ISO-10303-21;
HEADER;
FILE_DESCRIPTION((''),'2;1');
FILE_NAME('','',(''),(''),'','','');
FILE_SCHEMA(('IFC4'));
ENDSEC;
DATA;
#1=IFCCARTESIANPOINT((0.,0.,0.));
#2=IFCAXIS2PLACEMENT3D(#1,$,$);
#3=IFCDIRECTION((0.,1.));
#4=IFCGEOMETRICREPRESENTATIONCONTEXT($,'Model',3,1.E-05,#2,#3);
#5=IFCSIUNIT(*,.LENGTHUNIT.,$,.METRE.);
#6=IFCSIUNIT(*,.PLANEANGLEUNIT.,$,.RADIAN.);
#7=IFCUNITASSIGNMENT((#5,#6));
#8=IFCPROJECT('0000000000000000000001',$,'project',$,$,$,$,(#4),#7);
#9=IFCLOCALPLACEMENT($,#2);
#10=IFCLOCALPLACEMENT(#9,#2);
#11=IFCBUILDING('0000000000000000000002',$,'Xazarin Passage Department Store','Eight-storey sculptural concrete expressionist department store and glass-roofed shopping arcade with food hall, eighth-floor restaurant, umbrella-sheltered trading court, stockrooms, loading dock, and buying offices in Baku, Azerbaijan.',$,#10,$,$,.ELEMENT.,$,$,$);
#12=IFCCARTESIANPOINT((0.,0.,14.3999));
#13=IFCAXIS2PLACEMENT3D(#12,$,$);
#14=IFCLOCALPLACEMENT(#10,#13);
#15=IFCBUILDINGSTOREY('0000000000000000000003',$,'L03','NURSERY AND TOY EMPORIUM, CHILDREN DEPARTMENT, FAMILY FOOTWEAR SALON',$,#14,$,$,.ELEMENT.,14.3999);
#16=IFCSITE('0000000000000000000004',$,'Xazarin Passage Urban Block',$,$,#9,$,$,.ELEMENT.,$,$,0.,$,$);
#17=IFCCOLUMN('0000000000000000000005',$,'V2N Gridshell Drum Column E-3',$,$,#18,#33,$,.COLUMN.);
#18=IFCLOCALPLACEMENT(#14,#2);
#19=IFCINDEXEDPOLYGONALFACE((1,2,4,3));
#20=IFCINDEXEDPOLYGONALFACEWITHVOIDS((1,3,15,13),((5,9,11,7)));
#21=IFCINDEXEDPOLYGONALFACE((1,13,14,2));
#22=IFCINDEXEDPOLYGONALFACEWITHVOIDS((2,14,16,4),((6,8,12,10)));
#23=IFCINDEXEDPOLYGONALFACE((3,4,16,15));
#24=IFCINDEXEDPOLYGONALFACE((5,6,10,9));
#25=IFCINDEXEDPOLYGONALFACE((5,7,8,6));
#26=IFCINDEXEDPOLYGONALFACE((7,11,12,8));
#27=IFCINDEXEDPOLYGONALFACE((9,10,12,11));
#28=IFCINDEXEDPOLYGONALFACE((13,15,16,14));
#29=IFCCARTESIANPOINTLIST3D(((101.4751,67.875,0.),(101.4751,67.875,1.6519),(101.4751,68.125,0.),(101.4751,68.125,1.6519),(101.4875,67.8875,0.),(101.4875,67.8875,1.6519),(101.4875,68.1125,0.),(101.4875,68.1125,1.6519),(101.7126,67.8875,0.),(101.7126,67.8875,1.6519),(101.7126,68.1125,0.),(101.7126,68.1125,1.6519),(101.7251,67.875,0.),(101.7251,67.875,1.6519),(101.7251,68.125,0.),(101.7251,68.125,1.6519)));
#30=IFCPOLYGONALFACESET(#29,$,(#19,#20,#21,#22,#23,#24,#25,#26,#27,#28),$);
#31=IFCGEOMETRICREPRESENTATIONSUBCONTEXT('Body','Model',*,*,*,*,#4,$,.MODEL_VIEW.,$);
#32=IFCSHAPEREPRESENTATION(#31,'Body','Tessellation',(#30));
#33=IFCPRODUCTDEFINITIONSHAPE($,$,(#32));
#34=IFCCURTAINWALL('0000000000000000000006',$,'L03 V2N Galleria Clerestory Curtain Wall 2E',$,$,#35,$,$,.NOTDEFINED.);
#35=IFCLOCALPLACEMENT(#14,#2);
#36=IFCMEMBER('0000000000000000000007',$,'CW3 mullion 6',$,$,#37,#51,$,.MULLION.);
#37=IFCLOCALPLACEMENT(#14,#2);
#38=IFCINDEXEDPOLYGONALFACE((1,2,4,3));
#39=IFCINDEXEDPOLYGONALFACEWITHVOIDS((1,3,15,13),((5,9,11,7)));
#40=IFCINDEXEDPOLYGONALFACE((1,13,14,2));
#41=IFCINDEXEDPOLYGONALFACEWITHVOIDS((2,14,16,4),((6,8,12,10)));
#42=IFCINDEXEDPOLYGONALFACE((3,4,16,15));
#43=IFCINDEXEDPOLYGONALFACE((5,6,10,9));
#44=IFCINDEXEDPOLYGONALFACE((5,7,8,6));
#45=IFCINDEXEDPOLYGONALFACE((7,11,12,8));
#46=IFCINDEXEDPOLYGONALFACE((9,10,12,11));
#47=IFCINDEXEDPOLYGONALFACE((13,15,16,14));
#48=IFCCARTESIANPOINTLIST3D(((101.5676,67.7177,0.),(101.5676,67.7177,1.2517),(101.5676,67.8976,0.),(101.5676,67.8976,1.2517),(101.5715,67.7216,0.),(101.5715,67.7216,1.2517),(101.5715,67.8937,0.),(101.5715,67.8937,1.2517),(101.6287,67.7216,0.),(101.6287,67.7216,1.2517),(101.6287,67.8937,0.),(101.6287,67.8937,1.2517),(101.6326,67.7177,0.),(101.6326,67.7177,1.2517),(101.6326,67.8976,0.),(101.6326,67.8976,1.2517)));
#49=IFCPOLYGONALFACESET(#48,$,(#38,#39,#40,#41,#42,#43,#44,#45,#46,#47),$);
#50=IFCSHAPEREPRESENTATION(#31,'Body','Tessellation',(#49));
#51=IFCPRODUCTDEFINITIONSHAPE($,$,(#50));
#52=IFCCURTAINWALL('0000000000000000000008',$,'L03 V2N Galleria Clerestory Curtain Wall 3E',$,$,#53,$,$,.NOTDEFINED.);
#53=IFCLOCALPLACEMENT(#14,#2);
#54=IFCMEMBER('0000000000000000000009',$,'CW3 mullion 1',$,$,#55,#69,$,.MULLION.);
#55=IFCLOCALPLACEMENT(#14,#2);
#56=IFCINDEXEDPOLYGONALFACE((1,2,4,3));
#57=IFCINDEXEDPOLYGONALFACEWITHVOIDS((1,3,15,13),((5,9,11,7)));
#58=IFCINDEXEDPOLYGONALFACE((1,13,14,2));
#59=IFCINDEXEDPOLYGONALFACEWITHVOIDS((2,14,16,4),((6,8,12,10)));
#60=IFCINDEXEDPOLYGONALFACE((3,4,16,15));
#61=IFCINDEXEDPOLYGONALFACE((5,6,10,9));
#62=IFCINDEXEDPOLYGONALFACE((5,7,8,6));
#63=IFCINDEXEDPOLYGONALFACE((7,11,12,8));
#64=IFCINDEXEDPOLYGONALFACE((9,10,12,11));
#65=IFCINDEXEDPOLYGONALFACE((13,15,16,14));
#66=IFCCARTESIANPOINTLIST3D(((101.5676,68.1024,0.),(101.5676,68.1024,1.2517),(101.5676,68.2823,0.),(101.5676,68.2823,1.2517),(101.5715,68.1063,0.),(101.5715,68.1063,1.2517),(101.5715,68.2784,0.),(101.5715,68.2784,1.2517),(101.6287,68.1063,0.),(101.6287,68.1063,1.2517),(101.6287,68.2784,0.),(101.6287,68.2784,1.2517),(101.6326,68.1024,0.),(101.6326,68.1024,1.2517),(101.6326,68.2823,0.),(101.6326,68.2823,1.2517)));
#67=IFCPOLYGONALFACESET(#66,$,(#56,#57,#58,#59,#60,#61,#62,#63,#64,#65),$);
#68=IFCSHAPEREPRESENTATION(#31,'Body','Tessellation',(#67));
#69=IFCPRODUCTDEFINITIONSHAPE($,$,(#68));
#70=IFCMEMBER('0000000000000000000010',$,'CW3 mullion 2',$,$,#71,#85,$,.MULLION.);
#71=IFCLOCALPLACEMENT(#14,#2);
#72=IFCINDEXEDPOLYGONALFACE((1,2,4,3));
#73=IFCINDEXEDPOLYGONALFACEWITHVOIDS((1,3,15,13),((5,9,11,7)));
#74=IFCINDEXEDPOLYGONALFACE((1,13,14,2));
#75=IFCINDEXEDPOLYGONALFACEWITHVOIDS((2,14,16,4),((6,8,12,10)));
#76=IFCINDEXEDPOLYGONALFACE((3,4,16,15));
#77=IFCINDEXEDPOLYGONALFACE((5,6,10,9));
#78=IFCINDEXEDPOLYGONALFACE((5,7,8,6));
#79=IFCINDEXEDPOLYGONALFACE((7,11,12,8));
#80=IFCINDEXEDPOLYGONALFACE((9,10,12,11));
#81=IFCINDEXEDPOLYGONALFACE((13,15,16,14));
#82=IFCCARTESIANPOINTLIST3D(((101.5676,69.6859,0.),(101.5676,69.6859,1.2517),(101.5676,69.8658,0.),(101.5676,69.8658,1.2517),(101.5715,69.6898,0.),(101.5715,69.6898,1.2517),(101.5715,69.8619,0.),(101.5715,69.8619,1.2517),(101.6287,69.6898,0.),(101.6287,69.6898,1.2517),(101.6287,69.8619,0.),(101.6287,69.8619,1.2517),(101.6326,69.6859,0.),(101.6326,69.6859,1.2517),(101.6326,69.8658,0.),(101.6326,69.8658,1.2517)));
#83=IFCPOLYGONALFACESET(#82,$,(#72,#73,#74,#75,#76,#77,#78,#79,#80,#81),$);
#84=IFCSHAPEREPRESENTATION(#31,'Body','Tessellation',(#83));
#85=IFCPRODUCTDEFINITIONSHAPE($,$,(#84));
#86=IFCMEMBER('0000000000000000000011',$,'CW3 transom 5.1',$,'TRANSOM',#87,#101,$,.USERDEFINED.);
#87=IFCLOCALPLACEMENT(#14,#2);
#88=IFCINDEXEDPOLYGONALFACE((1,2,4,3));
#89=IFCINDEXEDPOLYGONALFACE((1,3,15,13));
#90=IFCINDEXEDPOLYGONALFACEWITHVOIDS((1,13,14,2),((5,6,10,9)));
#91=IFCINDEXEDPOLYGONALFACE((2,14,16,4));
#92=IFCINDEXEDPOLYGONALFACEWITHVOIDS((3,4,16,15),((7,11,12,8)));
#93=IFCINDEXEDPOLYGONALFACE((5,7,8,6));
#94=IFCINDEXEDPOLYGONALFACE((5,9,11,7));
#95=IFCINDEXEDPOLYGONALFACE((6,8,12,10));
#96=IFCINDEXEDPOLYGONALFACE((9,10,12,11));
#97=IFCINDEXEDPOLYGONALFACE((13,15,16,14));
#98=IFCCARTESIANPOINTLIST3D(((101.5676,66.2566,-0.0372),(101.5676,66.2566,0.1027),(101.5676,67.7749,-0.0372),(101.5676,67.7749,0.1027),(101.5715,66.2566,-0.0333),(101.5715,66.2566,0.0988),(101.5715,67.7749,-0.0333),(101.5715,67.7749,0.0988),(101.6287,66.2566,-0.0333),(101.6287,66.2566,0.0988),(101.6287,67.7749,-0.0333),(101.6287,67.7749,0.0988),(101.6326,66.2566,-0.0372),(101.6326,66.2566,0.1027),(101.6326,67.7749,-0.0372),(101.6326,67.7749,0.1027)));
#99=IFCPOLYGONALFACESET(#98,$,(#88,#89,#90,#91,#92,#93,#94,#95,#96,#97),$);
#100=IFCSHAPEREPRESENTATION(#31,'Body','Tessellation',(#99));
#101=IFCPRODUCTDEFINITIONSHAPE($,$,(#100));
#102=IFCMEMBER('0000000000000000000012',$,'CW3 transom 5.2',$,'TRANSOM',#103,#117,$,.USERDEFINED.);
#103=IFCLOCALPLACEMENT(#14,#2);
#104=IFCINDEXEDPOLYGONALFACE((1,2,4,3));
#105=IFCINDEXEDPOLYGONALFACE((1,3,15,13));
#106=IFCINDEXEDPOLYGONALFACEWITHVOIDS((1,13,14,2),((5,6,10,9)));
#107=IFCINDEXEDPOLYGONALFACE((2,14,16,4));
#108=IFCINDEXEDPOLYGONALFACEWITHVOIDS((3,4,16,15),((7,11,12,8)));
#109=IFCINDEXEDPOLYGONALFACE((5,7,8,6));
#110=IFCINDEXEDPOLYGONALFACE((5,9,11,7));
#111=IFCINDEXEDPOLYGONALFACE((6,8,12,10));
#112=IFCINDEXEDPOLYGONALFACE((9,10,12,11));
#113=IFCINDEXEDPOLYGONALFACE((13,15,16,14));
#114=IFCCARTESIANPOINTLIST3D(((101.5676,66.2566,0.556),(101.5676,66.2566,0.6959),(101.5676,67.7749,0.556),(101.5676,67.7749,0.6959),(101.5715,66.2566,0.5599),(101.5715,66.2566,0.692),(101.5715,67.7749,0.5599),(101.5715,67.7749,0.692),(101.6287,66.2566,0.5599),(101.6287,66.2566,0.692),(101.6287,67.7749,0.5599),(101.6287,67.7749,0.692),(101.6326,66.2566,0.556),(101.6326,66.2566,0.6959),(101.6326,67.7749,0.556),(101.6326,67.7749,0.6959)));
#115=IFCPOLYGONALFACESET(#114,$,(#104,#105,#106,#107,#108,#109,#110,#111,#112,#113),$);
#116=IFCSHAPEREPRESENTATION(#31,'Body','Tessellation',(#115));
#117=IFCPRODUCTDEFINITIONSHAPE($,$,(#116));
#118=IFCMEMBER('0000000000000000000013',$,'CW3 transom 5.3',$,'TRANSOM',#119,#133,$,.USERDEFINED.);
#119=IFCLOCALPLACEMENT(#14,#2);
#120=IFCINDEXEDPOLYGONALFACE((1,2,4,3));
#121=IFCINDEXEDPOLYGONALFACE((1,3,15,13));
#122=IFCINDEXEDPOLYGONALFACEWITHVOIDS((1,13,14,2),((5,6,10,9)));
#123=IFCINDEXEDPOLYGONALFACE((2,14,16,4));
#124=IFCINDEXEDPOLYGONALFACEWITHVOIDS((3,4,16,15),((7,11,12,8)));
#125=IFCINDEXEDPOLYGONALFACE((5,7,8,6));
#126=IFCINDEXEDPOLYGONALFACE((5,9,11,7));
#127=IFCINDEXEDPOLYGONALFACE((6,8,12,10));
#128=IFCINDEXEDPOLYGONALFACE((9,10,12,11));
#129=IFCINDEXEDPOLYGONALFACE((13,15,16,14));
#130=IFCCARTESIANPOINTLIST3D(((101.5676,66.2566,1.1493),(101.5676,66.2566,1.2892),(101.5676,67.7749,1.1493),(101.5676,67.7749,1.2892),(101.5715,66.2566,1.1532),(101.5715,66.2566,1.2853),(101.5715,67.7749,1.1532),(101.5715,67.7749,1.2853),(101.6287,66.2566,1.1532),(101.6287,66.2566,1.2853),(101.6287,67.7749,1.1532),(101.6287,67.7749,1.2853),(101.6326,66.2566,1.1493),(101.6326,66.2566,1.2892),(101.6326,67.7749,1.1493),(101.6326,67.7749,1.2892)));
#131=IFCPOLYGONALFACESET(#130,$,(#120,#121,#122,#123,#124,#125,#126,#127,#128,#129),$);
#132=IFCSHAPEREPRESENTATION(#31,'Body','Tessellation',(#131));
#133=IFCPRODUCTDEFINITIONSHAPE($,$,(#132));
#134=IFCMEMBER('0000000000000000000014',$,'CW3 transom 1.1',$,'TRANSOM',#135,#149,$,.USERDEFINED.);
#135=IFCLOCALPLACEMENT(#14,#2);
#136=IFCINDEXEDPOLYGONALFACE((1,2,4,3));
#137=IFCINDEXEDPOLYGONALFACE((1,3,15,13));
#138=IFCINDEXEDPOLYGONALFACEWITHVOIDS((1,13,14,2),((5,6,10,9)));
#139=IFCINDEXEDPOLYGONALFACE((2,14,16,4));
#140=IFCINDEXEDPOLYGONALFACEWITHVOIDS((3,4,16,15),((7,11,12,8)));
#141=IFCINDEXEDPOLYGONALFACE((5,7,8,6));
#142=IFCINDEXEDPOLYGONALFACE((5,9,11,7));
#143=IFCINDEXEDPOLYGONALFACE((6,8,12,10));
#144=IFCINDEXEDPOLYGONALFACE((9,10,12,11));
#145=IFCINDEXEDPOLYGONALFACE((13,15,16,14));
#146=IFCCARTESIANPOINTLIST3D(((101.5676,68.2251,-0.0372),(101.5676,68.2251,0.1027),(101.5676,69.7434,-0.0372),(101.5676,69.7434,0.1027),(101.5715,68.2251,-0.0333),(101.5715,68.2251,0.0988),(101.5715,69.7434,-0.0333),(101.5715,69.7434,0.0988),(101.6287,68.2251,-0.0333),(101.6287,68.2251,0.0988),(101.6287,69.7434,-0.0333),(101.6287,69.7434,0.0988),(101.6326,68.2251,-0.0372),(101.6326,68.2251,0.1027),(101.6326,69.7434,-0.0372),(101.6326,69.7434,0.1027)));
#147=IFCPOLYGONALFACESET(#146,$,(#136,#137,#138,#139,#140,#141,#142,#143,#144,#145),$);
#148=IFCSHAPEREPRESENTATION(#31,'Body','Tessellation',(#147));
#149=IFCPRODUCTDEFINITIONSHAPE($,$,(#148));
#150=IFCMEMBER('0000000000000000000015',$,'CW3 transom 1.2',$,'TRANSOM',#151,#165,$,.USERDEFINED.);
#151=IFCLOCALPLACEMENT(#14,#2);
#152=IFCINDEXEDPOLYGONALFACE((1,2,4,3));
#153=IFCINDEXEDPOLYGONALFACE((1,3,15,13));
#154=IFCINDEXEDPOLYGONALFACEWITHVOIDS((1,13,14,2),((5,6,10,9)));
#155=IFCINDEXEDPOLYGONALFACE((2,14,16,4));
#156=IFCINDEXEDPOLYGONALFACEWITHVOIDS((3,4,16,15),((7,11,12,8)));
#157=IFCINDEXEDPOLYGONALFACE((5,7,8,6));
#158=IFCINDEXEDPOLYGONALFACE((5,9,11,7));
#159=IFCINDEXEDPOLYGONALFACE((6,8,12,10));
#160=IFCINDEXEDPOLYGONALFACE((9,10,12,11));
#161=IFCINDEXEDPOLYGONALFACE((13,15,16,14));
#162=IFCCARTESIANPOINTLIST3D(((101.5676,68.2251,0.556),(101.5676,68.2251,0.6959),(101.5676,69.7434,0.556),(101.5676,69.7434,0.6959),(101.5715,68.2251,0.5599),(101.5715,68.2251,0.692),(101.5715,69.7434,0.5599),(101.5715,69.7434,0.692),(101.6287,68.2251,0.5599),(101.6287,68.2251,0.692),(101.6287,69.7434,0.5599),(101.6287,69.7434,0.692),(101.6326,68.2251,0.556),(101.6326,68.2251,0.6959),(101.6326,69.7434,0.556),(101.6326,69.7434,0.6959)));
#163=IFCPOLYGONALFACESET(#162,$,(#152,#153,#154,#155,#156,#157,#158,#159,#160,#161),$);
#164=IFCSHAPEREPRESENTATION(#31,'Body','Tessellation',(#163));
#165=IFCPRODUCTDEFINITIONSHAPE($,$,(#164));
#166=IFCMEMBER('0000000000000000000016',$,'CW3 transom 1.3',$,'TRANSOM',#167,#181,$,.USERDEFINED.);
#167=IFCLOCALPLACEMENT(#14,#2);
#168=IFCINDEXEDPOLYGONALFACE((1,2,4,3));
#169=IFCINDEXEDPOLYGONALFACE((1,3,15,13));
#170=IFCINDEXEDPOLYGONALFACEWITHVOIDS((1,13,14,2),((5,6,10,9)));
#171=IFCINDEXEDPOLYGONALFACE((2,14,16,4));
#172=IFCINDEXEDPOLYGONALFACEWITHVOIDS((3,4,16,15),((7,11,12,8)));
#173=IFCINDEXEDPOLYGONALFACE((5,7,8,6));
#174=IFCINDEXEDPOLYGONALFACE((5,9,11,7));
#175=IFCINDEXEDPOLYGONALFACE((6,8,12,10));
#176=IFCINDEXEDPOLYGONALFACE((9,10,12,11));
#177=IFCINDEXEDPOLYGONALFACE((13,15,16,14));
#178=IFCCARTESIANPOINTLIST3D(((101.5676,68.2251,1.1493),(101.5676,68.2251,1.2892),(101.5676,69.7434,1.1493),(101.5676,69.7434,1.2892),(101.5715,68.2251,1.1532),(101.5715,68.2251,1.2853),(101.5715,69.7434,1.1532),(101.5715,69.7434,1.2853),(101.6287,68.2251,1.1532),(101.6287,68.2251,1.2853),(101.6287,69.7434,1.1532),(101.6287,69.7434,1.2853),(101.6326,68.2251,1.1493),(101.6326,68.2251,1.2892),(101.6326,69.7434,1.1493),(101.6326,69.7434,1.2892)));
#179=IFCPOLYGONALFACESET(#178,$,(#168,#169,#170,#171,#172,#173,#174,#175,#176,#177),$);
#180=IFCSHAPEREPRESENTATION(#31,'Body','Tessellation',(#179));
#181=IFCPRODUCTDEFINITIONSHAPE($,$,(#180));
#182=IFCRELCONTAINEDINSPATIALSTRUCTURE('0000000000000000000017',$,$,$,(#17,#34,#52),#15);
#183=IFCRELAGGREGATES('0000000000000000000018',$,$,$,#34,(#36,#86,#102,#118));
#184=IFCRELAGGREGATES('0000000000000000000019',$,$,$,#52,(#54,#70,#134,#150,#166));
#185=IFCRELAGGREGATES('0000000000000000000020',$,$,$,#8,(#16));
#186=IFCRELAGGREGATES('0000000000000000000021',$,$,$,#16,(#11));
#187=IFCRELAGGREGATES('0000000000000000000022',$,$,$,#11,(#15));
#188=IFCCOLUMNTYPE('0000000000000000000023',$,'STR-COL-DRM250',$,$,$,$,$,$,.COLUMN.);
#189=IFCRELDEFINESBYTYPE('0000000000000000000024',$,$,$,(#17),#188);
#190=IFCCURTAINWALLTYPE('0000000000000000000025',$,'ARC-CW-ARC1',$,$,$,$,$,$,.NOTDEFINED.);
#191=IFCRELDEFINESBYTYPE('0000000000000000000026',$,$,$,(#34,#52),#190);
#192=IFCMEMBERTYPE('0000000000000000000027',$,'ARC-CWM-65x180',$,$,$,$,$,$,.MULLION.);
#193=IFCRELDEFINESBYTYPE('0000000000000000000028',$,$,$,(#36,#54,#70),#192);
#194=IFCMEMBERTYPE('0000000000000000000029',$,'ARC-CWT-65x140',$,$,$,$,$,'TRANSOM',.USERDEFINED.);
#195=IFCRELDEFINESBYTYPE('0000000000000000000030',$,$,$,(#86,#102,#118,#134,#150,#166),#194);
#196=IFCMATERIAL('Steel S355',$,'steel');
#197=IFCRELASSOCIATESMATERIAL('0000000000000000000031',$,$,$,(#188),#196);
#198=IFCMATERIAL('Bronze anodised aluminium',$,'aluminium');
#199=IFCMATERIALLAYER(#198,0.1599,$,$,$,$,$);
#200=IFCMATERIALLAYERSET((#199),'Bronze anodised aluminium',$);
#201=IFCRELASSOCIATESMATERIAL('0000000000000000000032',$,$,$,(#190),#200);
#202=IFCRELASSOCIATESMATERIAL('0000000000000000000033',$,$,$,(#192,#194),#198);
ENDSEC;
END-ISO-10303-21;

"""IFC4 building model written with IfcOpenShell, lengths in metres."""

from ifc_helpers import new_model, si_unit, direction, frame, origin, origin_2d, place, context, subcontext, project, spatial, hollow_rectangle, extrude, material, layer, layer_set, material_profile, profile_set, type_object, element, aggregate, save


model = new_model("IFC4")

# Units and contexts
model_context = context("Model", 3, precision=1e-05, world=origin(), true_north=direction((0.0, 1.0)))
body_context = subcontext(model_context, "Body", "Model", "MODEL_VIEW")
ifc_project = project(units=[si_unit("LENGTHUNIT", "METRE"), si_unit("PLANEANGLEUNIT", "RADIAN")], contexts=[model_context])

# Site, building, storey
site_placement = place(None, origin())
site = spatial("IfcSite", under=ifc_project, at=site_placement, Name="Xazarin Passage Urban Block", CompositionType="ELEMENT", RefElevation=0.0)
building_placement = place(site_placement, origin())
building = spatial("IfcBuilding", under=site, at=building_placement, Name="Xazarin Passage Department Store", Description="Eight-storey sculptural concrete expressionist department store and glass-roofed shopping arcade with food hall, eighth-floor restaurant, umbrella-sheltered trading court, stockrooms, loading dock, and buying offices in Baku, Azerbaijan.", CompositionType="ELEMENT")
storey_placement = place(building_placement, frame((0.0, 0.0, 14.3999)))
storey = spatial("IfcBuildingStorey", under=building, at=storey_placement, Name="L03", Description="NURSERY AND TOY EMPORIUM, CHILDREN DEPARTMENT, FAMILY FOOTWEAR SALON", CompositionType="ELEMENT", Elevation=14.3999)

# Column
ifc_material_1 = material(Name="Steel S355", Category="steel")
ifc_material_profile_1 = material_profile(ifc_material_1, hollow_rectangle(XDim=0.25, YDim=0.25, WallThickness=0.0125, at=origin_2d()), Name="SHS 250x250x12.5")
ifc_profile_set_1 = profile_set([ifc_material_profile_1], Name="Steel S355")
column_type = type_object("IfcColumnType", Name="STR-COL-DRM250", PredefinedType="COLUMN", material=ifc_profile_set_1)
column_placement = place(storey_placement, frame((101.6001, 68.0, 0.0), z_axis=(0.0, 0.0, 1.0), x_axis=(1.0, 0.0, 0.0)))
element("IfcColumn", 1, at=column_placement, inside=storey, type_object=column_type, Name="V2N Gridshell Drum Column E-3", PredefinedType="COLUMN", context=body_context, shape_type="SweptSolid", body=[
    extrude(hollow_rectangle(XDim=0.25, YDim=0.25, WallThickness=0.0125, at=origin_2d()), origin(), (0.0, 0.0, 1.0), 1.6519),
])

# Curtain wall, member
ifc_material_2 = material(Name="Bronze anodised aluminium", Category="aluminium")
ifc_layer_1 = layer(ifc_material_2, 0.1599)
ifc_layer_set_1 = layer_set([ifc_layer_1], Name="Bronze anodised aluminium")
curtain_wall_type = type_object("IfcCurtainWallType", Name="ARC-CW-ARC1", PredefinedType="NOTDEFINED", material=ifc_layer_set_1)
curtain_wall_1_placement = place(storey_placement, origin())
curtain_wall_1 = element("IfcCurtainWall", 2, at=curtain_wall_1_placement, inside=storey, type_object=curtain_wall_type, Name="L03 V2N Galleria Clerestory Curtain Wall 2E", PredefinedType="NOTDEFINED")
ifc_material_profile_2 = material_profile(ifc_material_2, hollow_rectangle(XDim=0.0649, YDim=0.1799, WallThickness=0.0039, at=origin_2d()), Name="ALU 65x180")
ifc_profile_set_2 = profile_set([ifc_material_profile_2], Name="Bronze anodised aluminium")
member_type_1 = type_object("IfcMemberType", Name="ARC-CWM-65x180", PredefinedType="MULLION", material=ifc_profile_set_2)
member_1_placement = place(storey_placement, frame((101.6001, 67.8076, 0.0), z_axis=(0.0, 0.0, 1.0), x_axis=(-1.0, 0.0, 0.0)))
member_1 = element("IfcMember", 3, at=member_1_placement, type_object=member_type_1, Name="CW3 mullion 6", PredefinedType="MULLION", context=body_context, shape_type="SweptSolid", body=[
    extrude(hollow_rectangle(XDim=0.0649, YDim=0.1799, WallThickness=0.0039, at=origin_2d()), origin(), (0.0, 0.0, 1.0), 1.2517),
])

# Curtain wall, members
curtain_wall_2_placement = place(storey_placement, origin())
curtain_wall_2 = element("IfcCurtainWall", 4, at=curtain_wall_2_placement, inside=storey, type_object=curtain_wall_type, Name="L03 V2N Galleria Clerestory Curtain Wall 3E", PredefinedType="NOTDEFINED")
member_2_placement = place(storey_placement, frame((101.6001, 68.1924, 0.0), z_axis=(0.0, 0.0, 1.0), x_axis=(-1.0, 0.0, 0.0)))
member_2 = element("IfcMember", 5, at=member_2_placement, type_object=member_type_1, Name="CW3 mullion 1", PredefinedType="MULLION", context=body_context, shape_type="SweptSolid", body=[
    extrude(hollow_rectangle(XDim=0.0649, YDim=0.1799, WallThickness=0.0039, at=origin_2d()), origin(), (0.0, 0.0, 1.0), 1.2517),
])
member_3_placement = place(storey_placement, frame((101.6001, 69.7759, 0.0), z_axis=(0.0, 0.0, 1.0), x_axis=(-1.0, 0.0, 0.0)))
member_3 = element("IfcMember", 6, at=member_3_placement, type_object=member_type_1, Name="CW3 mullion 2", PredefinedType="MULLION", context=body_context, shape_type="SweptSolid", body=[
    extrude(hollow_rectangle(XDim=0.0649, YDim=0.1799, WallThickness=0.0039, at=origin_2d()), origin(), (0.0, 0.0, 1.0), 1.2517),
])

# Members
ifc_material_profile_3 = material_profile(ifc_material_2, hollow_rectangle(XDim=0.0649, YDim=0.1399, WallThickness=0.0039, at=origin_2d()), Name="ALU 65x140")
ifc_profile_set_3 = profile_set([ifc_material_profile_3], Name="Bronze anodised aluminium")
member_type_2 = type_object("IfcMemberType", Name="ARC-CWT-65x140", ElementType="TRANSOM", PredefinedType="USERDEFINED", material=ifc_profile_set_3)
member_4_placement = place(storey_placement, frame((101.6001, 66.2566, 0.0327), z_axis=(0.0, 1.0, 0.0), x_axis=(-1.0, 0.0, 0.0)))
member_4 = element("IfcMember", 7, at=member_4_placement, type_object=member_type_2, Name="CW3 transom 5.1", ObjectType="TRANSOM", PredefinedType="USERDEFINED", context=body_context, shape_type="SweptSolid", body=[
    extrude(hollow_rectangle(XDim=0.0649, YDim=0.1399, WallThickness=0.0039, at=origin_2d()), origin(), (0.0, 0.0, 1.0), 1.5183),
])
member_5_placement = place(storey_placement, frame((101.6001, 66.2566, 0.626), z_axis=(0.0, 1.0, 0.0), x_axis=(-1.0, 0.0, 0.0)))
member_5 = element("IfcMember", 8, at=member_5_placement, type_object=member_type_2, Name="CW3 transom 5.2", ObjectType="TRANSOM", PredefinedType="USERDEFINED", context=body_context, shape_type="SweptSolid", body=[
    extrude(hollow_rectangle(XDim=0.0649, YDim=0.1399, WallThickness=0.0039, at=origin_2d()), origin(), (0.0, 0.0, 1.0), 1.5183),
])
member_6_placement = place(storey_placement, frame((101.6001, 66.2566, 1.2192), z_axis=(0.0, 1.0, 0.0), x_axis=(-1.0, 0.0, 0.0)))
member_6 = element("IfcMember", 9, at=member_6_placement, type_object=member_type_2, Name="CW3 transom 5.3", ObjectType="TRANSOM", PredefinedType="USERDEFINED", context=body_context, shape_type="SweptSolid", body=[
    extrude(hollow_rectangle(XDim=0.0649, YDim=0.1399, WallThickness=0.0039, at=origin_2d()), origin(), (0.0, 0.0, 1.0), 1.5183),
])
member_7_placement = place(storey_placement, frame((101.6001, 68.2251, 0.0327), z_axis=(0.0, 1.0, 0.0), x_axis=(-1.0, 0.0, 0.0)))
member_7 = element("IfcMember", 10, at=member_7_placement, type_object=member_type_2, Name="CW3 transom 1.1", ObjectType="TRANSOM", PredefinedType="USERDEFINED", context=body_context, shape_type="SweptSolid", body=[
    extrude(hollow_rectangle(XDim=0.0649, YDim=0.1399, WallThickness=0.0039, at=origin_2d()), origin(), (0.0, 0.0, 1.0), 1.5183),
])
member_8_placement = place(storey_placement, frame((101.6001, 68.2251, 0.626), z_axis=(0.0, 1.0, 0.0), x_axis=(-1.0, 0.0, 0.0)))
member_8 = element("IfcMember", 11, at=member_8_placement, type_object=member_type_2, Name="CW3 transom 1.2", ObjectType="TRANSOM", PredefinedType="USERDEFINED", context=body_context, shape_type="SweptSolid", body=[
    extrude(hollow_rectangle(XDim=0.0649, YDim=0.1399, WallThickness=0.0039, at=origin_2d()), origin(), (0.0, 0.0, 1.0), 1.5183),
])
member_9_placement = place(storey_placement, frame((101.6001, 68.2251, 1.2192), z_axis=(0.0, 1.0, 0.0), x_axis=(-1.0, 0.0, 0.0)))
member_9 = element("IfcMember", 12, at=member_9_placement, type_object=member_type_2, Name="CW3 transom 1.3", ObjectType="TRANSOM", PredefinedType="USERDEFINED", context=body_context, shape_type="SweptSolid", body=[
    extrude(hollow_rectangle(XDim=0.0649, YDim=0.1399, WallThickness=0.0039, at=origin_2d()), origin(), (0.0, 0.0, 1.0), 1.5183),
])

aggregate(curtain_wall_1, [member_1, member_4, member_5, member_6])
aggregate(curtain_wall_2, [member_2, member_3, member_7, member_8, member_9])

save(model, "model.ifc")
